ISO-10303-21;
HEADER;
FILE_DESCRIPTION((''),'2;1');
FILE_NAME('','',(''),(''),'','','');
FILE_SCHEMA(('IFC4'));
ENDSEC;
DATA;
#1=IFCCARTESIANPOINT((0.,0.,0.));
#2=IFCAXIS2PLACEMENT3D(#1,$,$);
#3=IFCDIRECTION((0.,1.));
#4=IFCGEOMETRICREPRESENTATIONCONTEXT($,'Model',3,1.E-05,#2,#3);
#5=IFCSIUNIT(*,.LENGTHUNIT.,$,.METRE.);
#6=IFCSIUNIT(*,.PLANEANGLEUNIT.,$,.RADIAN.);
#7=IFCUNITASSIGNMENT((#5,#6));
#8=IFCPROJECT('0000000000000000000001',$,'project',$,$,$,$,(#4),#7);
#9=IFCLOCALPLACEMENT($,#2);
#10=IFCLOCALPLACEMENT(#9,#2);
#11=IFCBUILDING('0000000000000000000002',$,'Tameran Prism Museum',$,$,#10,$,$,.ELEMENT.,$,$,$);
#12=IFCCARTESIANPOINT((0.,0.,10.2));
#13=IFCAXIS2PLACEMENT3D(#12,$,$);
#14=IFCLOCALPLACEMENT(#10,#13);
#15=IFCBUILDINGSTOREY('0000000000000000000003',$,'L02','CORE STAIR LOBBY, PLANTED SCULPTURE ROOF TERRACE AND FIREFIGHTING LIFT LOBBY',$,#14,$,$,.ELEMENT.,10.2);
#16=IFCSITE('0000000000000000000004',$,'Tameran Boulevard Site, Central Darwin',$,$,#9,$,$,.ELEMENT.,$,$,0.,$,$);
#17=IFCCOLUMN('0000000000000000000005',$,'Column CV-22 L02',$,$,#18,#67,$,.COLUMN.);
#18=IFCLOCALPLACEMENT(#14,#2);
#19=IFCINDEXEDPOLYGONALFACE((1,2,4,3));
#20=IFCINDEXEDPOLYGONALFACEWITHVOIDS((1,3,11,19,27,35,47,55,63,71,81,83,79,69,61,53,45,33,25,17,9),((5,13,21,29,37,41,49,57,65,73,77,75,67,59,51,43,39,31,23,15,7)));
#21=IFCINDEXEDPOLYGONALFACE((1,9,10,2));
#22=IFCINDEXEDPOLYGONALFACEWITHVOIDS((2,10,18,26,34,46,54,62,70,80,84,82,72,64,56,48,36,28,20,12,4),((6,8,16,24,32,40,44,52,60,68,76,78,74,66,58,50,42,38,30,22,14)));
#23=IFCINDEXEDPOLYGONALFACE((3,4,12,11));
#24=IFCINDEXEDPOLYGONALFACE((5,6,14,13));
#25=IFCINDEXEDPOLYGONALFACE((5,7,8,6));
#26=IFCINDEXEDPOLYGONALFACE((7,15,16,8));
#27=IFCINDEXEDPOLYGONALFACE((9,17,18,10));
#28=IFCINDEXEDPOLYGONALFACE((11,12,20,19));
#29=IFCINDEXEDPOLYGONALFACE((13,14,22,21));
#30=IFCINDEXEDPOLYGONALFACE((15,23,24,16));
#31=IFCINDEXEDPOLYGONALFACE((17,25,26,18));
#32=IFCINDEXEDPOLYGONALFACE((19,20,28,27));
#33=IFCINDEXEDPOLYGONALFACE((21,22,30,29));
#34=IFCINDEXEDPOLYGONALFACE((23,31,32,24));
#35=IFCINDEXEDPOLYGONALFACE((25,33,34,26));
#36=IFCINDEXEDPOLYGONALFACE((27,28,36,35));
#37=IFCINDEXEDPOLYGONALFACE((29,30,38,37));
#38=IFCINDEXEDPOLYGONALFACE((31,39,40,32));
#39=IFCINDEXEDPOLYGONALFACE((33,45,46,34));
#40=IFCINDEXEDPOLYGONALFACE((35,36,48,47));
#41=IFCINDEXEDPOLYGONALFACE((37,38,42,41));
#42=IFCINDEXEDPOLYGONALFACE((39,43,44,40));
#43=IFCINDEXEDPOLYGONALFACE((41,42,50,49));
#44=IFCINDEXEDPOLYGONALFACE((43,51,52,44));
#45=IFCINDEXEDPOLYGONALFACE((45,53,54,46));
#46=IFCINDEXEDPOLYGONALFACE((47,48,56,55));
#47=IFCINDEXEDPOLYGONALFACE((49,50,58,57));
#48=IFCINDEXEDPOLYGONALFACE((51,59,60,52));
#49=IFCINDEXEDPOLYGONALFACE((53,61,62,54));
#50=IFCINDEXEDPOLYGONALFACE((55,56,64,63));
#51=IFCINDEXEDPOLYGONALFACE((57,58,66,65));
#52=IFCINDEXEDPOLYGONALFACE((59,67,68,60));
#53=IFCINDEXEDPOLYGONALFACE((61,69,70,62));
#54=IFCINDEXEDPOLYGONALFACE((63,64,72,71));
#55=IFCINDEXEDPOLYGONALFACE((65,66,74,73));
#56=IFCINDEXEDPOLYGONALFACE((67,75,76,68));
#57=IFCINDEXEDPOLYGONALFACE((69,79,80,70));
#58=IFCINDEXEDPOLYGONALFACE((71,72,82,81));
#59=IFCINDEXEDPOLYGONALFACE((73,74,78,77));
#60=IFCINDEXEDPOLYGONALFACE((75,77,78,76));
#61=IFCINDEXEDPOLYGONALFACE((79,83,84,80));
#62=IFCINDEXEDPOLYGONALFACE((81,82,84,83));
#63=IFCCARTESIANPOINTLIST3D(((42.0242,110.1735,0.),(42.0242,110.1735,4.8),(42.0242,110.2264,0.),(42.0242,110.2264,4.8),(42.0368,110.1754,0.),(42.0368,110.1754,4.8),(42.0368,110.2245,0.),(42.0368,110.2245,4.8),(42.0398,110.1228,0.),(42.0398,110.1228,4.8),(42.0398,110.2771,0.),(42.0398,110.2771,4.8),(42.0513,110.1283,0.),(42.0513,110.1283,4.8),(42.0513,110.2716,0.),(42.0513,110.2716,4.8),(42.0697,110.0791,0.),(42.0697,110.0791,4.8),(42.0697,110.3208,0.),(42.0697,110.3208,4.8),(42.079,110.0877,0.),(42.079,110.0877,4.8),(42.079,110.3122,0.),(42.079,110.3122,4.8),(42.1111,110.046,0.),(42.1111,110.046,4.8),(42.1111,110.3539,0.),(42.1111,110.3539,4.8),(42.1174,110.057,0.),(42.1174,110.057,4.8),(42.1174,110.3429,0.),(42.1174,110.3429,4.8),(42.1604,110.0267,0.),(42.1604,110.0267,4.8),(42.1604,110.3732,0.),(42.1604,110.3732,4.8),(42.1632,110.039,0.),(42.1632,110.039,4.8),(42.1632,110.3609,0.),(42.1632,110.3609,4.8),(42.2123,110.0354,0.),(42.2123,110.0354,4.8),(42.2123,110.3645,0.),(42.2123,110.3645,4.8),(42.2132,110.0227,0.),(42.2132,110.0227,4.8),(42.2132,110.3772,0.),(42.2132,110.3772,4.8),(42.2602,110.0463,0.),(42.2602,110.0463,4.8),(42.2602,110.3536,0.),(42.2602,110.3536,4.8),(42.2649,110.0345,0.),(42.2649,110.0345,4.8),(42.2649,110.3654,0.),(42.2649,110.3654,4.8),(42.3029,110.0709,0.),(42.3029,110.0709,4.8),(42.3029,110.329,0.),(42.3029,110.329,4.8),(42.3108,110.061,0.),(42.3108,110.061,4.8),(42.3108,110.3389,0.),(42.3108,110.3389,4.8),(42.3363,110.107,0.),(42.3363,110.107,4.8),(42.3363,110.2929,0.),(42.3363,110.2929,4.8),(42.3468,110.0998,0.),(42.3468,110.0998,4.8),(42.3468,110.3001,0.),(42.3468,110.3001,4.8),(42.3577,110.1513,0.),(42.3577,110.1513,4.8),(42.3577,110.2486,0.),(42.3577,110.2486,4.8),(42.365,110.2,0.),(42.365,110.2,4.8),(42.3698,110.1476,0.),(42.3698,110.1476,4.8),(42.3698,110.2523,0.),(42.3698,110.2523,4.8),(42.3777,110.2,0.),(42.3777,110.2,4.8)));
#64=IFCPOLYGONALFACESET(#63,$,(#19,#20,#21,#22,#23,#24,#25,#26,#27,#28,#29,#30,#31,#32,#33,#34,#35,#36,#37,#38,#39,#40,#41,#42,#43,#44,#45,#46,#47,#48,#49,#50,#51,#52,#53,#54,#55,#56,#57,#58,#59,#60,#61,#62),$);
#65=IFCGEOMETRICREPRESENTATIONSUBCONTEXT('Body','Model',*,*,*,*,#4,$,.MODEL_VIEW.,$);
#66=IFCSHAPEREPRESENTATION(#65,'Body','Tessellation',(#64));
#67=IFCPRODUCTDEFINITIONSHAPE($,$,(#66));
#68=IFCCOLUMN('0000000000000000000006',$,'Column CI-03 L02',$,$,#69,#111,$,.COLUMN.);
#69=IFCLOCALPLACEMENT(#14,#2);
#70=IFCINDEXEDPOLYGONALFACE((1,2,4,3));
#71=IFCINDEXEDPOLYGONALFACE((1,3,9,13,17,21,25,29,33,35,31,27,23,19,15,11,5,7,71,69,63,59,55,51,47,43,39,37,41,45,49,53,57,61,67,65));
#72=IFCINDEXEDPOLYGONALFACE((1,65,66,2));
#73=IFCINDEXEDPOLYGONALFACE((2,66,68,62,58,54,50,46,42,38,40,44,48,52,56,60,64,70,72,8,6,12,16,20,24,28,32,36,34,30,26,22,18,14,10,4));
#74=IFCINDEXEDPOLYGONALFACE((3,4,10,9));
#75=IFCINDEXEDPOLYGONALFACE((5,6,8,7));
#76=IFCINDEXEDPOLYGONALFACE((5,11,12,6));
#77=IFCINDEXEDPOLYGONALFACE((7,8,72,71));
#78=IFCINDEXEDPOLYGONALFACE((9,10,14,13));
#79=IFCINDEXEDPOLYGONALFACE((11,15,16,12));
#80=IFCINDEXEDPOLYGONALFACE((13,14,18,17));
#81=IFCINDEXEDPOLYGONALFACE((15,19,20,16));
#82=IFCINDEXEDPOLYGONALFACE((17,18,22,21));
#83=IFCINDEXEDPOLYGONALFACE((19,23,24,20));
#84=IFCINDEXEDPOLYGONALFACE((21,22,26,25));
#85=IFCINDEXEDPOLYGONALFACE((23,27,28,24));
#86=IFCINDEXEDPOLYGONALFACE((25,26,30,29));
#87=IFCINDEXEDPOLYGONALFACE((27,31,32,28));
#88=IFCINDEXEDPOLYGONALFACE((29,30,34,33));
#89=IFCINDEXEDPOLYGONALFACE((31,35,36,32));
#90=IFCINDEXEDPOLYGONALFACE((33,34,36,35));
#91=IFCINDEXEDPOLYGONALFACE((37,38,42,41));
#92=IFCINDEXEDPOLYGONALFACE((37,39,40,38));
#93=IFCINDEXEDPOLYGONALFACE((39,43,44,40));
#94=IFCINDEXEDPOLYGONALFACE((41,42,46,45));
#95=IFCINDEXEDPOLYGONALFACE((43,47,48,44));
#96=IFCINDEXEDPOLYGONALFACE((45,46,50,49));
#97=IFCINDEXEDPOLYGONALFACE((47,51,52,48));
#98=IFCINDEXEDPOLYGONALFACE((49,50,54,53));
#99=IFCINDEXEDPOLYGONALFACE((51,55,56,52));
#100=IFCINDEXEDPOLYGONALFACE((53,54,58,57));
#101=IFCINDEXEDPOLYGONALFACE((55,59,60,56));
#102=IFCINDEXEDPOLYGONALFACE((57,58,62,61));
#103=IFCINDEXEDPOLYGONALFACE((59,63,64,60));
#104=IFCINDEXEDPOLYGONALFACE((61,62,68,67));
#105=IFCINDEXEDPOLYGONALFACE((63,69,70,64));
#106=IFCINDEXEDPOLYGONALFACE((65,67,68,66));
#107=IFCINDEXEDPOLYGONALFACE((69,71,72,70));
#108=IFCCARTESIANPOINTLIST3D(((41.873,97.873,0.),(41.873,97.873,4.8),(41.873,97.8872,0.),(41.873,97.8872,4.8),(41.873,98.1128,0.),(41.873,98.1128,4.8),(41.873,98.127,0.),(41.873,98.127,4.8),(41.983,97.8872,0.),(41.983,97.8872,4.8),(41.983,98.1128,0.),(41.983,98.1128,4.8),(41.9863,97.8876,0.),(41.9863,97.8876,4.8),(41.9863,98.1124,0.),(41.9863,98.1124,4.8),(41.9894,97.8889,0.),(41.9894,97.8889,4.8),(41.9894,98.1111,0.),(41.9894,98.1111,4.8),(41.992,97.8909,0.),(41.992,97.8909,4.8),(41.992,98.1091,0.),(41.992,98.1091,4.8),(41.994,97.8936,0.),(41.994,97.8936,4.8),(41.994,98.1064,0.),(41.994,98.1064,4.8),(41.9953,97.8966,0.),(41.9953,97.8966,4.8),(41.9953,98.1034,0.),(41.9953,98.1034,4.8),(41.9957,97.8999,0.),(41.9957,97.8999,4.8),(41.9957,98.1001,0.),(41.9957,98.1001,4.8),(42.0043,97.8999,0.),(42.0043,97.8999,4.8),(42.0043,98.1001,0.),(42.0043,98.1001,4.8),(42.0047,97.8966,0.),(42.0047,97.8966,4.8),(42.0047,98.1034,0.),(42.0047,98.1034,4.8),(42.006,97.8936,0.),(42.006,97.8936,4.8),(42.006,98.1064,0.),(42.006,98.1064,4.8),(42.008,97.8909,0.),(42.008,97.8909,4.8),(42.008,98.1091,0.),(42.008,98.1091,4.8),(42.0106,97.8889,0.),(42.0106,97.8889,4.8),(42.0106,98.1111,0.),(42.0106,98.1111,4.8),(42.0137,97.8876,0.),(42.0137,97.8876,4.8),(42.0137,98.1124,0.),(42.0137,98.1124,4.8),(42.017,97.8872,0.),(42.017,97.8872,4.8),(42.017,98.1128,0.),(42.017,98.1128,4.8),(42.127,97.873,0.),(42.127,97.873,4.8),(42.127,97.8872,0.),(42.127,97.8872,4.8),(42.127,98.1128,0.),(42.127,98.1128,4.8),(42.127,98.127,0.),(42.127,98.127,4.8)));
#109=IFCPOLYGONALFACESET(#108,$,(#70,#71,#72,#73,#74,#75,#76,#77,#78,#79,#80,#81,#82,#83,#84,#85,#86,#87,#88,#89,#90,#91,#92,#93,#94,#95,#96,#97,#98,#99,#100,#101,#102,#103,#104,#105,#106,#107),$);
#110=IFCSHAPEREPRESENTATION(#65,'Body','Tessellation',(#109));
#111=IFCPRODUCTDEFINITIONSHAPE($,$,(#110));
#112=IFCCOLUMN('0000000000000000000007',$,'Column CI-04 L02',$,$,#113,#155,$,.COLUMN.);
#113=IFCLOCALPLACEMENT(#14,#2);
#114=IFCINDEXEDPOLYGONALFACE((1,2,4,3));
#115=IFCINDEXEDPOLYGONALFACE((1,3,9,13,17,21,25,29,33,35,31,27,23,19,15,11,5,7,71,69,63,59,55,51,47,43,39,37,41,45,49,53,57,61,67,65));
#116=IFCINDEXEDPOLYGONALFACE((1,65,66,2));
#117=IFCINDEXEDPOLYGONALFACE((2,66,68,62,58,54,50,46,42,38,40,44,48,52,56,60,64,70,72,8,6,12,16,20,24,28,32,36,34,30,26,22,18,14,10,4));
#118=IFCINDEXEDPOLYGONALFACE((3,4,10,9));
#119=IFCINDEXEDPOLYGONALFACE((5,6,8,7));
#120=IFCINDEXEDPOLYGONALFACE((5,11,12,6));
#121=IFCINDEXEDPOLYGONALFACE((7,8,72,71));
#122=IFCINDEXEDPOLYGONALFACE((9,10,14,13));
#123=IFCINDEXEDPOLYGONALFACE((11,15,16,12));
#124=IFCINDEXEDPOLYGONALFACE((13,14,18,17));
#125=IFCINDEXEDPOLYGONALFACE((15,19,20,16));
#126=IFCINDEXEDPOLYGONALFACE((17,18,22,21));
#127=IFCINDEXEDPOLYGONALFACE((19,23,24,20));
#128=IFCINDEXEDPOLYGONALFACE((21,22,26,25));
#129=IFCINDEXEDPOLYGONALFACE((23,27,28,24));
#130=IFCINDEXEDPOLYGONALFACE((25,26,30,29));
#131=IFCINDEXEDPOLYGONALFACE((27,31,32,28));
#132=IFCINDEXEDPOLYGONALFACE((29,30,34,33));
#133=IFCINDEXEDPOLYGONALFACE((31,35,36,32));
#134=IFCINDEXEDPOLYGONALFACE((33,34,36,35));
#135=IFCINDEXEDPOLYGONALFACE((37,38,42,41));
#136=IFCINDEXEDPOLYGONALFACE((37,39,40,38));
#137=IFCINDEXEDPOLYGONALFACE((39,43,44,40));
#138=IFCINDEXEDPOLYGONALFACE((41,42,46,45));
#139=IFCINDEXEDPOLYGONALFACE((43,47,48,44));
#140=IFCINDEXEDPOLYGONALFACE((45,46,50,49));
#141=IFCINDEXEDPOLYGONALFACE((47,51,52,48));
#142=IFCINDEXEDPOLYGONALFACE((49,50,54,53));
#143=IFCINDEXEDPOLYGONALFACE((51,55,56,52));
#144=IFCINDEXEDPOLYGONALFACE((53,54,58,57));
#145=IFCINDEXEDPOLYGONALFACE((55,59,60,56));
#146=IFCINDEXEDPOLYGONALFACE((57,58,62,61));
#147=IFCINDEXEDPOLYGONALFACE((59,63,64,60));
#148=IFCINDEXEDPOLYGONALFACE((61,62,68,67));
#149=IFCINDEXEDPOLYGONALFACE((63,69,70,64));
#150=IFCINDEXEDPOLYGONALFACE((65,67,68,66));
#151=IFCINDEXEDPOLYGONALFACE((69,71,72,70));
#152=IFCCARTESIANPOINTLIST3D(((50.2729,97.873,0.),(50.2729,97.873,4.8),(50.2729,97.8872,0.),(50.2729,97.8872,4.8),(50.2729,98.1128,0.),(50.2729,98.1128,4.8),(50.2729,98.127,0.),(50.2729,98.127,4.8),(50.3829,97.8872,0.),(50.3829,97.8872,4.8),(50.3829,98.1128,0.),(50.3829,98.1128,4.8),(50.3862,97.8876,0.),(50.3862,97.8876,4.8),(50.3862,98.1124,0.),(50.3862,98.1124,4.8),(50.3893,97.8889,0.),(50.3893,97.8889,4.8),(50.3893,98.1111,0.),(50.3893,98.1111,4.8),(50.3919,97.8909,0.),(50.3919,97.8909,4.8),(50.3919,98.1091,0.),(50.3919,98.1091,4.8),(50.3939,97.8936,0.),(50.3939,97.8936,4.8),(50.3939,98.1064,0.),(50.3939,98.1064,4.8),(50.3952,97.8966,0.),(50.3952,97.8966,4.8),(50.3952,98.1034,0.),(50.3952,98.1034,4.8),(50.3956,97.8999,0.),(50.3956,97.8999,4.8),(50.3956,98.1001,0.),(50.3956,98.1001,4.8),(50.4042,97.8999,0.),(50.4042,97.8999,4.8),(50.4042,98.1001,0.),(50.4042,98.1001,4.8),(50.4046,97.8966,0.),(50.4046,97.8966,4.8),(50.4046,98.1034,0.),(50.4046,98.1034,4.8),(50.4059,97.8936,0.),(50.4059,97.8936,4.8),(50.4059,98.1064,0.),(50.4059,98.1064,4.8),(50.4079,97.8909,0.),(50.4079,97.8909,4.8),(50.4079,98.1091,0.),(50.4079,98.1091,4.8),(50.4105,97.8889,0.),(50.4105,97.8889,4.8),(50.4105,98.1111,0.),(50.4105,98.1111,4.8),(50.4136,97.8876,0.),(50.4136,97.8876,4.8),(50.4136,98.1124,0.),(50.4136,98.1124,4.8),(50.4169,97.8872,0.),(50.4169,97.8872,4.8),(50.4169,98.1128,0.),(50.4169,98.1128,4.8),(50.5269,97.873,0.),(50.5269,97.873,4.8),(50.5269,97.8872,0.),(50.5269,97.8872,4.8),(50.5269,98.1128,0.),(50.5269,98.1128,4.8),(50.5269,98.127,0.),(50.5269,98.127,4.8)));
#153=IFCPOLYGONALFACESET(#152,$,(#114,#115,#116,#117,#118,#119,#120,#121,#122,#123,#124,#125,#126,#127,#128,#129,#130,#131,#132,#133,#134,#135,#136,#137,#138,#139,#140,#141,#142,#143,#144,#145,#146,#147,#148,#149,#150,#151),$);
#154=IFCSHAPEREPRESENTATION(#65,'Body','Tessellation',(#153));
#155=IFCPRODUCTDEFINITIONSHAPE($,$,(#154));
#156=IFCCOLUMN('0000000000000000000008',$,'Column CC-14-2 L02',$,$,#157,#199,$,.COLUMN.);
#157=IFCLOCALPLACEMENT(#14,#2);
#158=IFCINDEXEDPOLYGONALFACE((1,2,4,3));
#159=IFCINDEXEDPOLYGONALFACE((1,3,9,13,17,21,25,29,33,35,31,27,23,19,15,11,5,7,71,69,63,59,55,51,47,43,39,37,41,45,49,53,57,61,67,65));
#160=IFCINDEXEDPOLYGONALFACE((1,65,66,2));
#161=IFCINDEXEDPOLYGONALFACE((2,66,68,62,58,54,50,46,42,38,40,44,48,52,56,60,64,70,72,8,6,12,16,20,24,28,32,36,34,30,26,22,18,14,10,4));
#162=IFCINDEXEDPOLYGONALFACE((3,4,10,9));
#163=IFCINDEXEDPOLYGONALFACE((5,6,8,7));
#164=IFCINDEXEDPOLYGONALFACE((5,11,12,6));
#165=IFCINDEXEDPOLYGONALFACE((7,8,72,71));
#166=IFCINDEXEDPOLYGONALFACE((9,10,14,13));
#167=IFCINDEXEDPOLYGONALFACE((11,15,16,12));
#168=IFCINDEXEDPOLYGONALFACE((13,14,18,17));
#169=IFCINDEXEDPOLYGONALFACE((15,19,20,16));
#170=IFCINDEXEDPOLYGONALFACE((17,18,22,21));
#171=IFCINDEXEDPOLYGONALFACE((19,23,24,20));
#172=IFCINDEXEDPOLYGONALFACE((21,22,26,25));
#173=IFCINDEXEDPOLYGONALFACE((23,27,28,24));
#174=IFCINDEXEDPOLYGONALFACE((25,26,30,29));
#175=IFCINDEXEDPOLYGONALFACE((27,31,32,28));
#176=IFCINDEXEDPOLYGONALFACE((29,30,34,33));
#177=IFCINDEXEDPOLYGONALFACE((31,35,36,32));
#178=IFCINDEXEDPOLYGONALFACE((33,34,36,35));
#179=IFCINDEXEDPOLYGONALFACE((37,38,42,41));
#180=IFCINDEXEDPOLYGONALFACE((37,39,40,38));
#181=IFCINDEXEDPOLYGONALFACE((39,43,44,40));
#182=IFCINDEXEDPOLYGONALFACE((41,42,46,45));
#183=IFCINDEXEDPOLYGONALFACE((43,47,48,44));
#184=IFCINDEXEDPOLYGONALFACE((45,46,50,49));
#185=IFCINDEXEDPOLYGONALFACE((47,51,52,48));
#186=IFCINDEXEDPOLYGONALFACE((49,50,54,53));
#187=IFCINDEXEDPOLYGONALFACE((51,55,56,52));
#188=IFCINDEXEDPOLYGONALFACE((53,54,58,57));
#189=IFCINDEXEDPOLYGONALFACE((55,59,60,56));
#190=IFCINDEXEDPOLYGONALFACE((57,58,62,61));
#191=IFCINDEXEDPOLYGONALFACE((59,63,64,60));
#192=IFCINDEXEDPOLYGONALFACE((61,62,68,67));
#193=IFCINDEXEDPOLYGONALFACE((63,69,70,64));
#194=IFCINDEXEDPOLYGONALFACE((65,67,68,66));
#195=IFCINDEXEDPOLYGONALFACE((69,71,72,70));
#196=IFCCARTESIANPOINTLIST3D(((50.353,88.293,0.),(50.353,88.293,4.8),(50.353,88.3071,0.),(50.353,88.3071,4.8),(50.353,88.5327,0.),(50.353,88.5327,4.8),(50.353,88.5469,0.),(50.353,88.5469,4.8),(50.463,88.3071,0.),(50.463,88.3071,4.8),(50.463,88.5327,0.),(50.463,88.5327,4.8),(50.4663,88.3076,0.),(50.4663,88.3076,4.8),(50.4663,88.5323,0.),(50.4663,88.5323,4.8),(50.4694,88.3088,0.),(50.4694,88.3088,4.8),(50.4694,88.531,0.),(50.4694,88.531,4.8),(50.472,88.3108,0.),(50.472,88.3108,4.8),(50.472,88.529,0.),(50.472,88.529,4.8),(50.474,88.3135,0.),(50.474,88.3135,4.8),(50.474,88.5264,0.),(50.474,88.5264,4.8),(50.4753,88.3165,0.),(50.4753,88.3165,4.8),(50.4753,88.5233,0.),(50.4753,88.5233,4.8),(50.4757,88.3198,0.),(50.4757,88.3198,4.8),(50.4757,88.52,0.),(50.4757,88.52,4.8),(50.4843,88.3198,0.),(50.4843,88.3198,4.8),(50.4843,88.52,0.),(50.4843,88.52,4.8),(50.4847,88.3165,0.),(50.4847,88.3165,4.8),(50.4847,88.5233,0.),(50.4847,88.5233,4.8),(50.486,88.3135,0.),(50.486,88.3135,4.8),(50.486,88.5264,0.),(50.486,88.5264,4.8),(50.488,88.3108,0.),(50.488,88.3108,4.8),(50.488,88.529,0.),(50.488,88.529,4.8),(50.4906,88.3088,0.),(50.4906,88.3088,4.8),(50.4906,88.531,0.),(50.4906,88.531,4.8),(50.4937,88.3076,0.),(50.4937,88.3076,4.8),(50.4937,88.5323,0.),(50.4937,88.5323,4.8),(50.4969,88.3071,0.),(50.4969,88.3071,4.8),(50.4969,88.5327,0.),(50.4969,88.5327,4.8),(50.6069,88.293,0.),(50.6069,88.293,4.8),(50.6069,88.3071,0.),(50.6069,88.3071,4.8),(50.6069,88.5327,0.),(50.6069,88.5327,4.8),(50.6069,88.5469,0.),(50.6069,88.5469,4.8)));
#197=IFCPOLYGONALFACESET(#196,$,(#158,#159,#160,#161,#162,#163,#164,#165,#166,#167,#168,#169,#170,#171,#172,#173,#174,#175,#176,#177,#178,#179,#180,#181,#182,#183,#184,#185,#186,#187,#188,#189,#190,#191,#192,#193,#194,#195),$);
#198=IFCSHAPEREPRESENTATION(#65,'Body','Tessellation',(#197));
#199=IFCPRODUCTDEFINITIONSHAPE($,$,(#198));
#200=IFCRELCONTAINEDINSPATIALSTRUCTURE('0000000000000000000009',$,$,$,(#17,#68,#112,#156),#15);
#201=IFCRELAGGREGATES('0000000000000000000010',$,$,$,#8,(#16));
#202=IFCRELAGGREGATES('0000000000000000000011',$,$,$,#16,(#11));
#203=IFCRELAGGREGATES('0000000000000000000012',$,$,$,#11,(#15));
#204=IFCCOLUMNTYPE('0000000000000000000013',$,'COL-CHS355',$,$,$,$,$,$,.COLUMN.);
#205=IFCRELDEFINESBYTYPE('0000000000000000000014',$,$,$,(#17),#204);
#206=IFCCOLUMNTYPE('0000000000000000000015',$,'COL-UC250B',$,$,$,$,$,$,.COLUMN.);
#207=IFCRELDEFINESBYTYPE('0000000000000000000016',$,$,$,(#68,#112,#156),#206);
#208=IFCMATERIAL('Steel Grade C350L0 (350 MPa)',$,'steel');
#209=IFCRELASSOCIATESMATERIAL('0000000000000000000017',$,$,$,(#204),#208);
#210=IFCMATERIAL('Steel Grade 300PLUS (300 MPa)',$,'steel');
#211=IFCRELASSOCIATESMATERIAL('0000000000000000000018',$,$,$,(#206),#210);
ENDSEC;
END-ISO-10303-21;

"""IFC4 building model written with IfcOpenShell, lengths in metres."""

from ifc_helpers import new_model, si_unit, direction, frame, origin, origin_2d, place, context, subcontext, project, spatial, hollow_circle, i_section, extrude, material, material_profile, profile_set, type_object, element, save


model = new_model("IFC4")

# Units and contexts
model_context = context("Model", 3, precision=1e-05, world=origin(), true_north=direction((0.0, 1.0)))
body_context = subcontext(model_context, "Body", "Model", "MODEL_VIEW")
ifc_project = project(units=[si_unit("LENGTHUNIT", "METRE"), si_unit("PLANEANGLEUNIT", "RADIAN")], contexts=[model_context])

# Site, building, storey
site_placement = place(None, origin())
site = spatial("IfcSite", under=ifc_project, at=site_placement, Name="Tameran Boulevard Site, Central Darwin", CompositionType="ELEMENT", RefElevation=0.0)
building_placement = place(site_placement, origin())
building = spatial("IfcBuilding", under=site, at=building_placement, Name="Tameran Prism Museum", CompositionType="ELEMENT")
storey_placement = place(building_placement, frame((0.0, 0.0, 10.2)))
storey = spatial("IfcBuildingStorey", under=building, at=storey_placement, Name="L02", Description="CORE STAIR LOBBY, PLANTED SCULPTURE ROOF TERRACE AND FIREFIGHTING LIFT LOBBY", CompositionType="ELEMENT", Elevation=10.2)

# Columns
ifc_material_1 = material(Name="Steel Grade C350L0 (350 MPa)", Category="steel")
ifc_material_profile_1 = material_profile(ifc_material_1, hollow_circle(Radius=0.1777, WallThickness=0.0127, at=origin_2d()))
ifc_profile_set_1 = profile_set([ifc_material_profile_1])
column_type_1 = type_object("IfcColumnType", Name="COL-CHS355", PredefinedType="COLUMN", material=ifc_profile_set_1)
column_placement = place(storey_placement, frame((42.2, 110.2, 0.0), z_axis=(0.0, 0.0, 1.0), x_axis=(1.0, 0.0, 0.0)))
element("IfcColumn", 1, at=column_placement, inside=storey, type_object=column_type_1, Name="Column CV-22 L02", PredefinedType="COLUMN", context=body_context, shape_type="SweptSolid", body=[
    extrude(hollow_circle(Radius=0.1777, WallThickness=0.0127, at=origin_2d()), origin(), (0.0, 0.0, 1.0), 4.8),
])
ifc_material_2 = material(Name="Steel Grade 300PLUS (300 MPa)", Category="steel")
ifc_material_profile_2 = material_profile(ifc_material_2, i_section(OverallWidth=0.2539, OverallDepth=0.2539, WebThickness=0.0085, FlangeThickness=0.0142, FilletRadius=0.0127, at=origin_2d()))
ifc_profile_set_2 = profile_set([ifc_material_profile_2])
column_type_2 = type_object("IfcColumnType", Name="COL-UC250B", PredefinedType="COLUMN", material=ifc_profile_set_2)
for number, where, z_axis, x_axis, name in (
    (2, (42.0, 98.0, 0.0), (0.0, 0.0, 1.0), (1.0, 0.0, 0.0), "Column CI-03 L02"),
    (3, (50.3999, 98.0, 0.0), (0.0, 0.0, 1.0), (1.0, 0.0, 0.0), "Column CI-04 L02"),
    (4, (50.48, 88.4199, 0.0), (0.0, 0.0, 1.0), (1.0, 0.0, 0.0), "Column CC-14-2 L02"),
):
    element("IfcColumn", number, at=place(storey_placement, frame(where, z_axis=z_axis, x_axis=x_axis)), inside=storey, type_object=column_type_2, Name=name, PredefinedType="COLUMN", context=body_context, shape_type="SweptSolid", body=[
        extrude(i_section(OverallWidth=0.2539, OverallDepth=0.2539, WebThickness=0.0085, FlangeThickness=0.0142, FilletRadius=0.0127, at=origin_2d()), origin(), (0.0, 0.0, 1.0), 4.8),
    ])

save(model, "model.ifc")
